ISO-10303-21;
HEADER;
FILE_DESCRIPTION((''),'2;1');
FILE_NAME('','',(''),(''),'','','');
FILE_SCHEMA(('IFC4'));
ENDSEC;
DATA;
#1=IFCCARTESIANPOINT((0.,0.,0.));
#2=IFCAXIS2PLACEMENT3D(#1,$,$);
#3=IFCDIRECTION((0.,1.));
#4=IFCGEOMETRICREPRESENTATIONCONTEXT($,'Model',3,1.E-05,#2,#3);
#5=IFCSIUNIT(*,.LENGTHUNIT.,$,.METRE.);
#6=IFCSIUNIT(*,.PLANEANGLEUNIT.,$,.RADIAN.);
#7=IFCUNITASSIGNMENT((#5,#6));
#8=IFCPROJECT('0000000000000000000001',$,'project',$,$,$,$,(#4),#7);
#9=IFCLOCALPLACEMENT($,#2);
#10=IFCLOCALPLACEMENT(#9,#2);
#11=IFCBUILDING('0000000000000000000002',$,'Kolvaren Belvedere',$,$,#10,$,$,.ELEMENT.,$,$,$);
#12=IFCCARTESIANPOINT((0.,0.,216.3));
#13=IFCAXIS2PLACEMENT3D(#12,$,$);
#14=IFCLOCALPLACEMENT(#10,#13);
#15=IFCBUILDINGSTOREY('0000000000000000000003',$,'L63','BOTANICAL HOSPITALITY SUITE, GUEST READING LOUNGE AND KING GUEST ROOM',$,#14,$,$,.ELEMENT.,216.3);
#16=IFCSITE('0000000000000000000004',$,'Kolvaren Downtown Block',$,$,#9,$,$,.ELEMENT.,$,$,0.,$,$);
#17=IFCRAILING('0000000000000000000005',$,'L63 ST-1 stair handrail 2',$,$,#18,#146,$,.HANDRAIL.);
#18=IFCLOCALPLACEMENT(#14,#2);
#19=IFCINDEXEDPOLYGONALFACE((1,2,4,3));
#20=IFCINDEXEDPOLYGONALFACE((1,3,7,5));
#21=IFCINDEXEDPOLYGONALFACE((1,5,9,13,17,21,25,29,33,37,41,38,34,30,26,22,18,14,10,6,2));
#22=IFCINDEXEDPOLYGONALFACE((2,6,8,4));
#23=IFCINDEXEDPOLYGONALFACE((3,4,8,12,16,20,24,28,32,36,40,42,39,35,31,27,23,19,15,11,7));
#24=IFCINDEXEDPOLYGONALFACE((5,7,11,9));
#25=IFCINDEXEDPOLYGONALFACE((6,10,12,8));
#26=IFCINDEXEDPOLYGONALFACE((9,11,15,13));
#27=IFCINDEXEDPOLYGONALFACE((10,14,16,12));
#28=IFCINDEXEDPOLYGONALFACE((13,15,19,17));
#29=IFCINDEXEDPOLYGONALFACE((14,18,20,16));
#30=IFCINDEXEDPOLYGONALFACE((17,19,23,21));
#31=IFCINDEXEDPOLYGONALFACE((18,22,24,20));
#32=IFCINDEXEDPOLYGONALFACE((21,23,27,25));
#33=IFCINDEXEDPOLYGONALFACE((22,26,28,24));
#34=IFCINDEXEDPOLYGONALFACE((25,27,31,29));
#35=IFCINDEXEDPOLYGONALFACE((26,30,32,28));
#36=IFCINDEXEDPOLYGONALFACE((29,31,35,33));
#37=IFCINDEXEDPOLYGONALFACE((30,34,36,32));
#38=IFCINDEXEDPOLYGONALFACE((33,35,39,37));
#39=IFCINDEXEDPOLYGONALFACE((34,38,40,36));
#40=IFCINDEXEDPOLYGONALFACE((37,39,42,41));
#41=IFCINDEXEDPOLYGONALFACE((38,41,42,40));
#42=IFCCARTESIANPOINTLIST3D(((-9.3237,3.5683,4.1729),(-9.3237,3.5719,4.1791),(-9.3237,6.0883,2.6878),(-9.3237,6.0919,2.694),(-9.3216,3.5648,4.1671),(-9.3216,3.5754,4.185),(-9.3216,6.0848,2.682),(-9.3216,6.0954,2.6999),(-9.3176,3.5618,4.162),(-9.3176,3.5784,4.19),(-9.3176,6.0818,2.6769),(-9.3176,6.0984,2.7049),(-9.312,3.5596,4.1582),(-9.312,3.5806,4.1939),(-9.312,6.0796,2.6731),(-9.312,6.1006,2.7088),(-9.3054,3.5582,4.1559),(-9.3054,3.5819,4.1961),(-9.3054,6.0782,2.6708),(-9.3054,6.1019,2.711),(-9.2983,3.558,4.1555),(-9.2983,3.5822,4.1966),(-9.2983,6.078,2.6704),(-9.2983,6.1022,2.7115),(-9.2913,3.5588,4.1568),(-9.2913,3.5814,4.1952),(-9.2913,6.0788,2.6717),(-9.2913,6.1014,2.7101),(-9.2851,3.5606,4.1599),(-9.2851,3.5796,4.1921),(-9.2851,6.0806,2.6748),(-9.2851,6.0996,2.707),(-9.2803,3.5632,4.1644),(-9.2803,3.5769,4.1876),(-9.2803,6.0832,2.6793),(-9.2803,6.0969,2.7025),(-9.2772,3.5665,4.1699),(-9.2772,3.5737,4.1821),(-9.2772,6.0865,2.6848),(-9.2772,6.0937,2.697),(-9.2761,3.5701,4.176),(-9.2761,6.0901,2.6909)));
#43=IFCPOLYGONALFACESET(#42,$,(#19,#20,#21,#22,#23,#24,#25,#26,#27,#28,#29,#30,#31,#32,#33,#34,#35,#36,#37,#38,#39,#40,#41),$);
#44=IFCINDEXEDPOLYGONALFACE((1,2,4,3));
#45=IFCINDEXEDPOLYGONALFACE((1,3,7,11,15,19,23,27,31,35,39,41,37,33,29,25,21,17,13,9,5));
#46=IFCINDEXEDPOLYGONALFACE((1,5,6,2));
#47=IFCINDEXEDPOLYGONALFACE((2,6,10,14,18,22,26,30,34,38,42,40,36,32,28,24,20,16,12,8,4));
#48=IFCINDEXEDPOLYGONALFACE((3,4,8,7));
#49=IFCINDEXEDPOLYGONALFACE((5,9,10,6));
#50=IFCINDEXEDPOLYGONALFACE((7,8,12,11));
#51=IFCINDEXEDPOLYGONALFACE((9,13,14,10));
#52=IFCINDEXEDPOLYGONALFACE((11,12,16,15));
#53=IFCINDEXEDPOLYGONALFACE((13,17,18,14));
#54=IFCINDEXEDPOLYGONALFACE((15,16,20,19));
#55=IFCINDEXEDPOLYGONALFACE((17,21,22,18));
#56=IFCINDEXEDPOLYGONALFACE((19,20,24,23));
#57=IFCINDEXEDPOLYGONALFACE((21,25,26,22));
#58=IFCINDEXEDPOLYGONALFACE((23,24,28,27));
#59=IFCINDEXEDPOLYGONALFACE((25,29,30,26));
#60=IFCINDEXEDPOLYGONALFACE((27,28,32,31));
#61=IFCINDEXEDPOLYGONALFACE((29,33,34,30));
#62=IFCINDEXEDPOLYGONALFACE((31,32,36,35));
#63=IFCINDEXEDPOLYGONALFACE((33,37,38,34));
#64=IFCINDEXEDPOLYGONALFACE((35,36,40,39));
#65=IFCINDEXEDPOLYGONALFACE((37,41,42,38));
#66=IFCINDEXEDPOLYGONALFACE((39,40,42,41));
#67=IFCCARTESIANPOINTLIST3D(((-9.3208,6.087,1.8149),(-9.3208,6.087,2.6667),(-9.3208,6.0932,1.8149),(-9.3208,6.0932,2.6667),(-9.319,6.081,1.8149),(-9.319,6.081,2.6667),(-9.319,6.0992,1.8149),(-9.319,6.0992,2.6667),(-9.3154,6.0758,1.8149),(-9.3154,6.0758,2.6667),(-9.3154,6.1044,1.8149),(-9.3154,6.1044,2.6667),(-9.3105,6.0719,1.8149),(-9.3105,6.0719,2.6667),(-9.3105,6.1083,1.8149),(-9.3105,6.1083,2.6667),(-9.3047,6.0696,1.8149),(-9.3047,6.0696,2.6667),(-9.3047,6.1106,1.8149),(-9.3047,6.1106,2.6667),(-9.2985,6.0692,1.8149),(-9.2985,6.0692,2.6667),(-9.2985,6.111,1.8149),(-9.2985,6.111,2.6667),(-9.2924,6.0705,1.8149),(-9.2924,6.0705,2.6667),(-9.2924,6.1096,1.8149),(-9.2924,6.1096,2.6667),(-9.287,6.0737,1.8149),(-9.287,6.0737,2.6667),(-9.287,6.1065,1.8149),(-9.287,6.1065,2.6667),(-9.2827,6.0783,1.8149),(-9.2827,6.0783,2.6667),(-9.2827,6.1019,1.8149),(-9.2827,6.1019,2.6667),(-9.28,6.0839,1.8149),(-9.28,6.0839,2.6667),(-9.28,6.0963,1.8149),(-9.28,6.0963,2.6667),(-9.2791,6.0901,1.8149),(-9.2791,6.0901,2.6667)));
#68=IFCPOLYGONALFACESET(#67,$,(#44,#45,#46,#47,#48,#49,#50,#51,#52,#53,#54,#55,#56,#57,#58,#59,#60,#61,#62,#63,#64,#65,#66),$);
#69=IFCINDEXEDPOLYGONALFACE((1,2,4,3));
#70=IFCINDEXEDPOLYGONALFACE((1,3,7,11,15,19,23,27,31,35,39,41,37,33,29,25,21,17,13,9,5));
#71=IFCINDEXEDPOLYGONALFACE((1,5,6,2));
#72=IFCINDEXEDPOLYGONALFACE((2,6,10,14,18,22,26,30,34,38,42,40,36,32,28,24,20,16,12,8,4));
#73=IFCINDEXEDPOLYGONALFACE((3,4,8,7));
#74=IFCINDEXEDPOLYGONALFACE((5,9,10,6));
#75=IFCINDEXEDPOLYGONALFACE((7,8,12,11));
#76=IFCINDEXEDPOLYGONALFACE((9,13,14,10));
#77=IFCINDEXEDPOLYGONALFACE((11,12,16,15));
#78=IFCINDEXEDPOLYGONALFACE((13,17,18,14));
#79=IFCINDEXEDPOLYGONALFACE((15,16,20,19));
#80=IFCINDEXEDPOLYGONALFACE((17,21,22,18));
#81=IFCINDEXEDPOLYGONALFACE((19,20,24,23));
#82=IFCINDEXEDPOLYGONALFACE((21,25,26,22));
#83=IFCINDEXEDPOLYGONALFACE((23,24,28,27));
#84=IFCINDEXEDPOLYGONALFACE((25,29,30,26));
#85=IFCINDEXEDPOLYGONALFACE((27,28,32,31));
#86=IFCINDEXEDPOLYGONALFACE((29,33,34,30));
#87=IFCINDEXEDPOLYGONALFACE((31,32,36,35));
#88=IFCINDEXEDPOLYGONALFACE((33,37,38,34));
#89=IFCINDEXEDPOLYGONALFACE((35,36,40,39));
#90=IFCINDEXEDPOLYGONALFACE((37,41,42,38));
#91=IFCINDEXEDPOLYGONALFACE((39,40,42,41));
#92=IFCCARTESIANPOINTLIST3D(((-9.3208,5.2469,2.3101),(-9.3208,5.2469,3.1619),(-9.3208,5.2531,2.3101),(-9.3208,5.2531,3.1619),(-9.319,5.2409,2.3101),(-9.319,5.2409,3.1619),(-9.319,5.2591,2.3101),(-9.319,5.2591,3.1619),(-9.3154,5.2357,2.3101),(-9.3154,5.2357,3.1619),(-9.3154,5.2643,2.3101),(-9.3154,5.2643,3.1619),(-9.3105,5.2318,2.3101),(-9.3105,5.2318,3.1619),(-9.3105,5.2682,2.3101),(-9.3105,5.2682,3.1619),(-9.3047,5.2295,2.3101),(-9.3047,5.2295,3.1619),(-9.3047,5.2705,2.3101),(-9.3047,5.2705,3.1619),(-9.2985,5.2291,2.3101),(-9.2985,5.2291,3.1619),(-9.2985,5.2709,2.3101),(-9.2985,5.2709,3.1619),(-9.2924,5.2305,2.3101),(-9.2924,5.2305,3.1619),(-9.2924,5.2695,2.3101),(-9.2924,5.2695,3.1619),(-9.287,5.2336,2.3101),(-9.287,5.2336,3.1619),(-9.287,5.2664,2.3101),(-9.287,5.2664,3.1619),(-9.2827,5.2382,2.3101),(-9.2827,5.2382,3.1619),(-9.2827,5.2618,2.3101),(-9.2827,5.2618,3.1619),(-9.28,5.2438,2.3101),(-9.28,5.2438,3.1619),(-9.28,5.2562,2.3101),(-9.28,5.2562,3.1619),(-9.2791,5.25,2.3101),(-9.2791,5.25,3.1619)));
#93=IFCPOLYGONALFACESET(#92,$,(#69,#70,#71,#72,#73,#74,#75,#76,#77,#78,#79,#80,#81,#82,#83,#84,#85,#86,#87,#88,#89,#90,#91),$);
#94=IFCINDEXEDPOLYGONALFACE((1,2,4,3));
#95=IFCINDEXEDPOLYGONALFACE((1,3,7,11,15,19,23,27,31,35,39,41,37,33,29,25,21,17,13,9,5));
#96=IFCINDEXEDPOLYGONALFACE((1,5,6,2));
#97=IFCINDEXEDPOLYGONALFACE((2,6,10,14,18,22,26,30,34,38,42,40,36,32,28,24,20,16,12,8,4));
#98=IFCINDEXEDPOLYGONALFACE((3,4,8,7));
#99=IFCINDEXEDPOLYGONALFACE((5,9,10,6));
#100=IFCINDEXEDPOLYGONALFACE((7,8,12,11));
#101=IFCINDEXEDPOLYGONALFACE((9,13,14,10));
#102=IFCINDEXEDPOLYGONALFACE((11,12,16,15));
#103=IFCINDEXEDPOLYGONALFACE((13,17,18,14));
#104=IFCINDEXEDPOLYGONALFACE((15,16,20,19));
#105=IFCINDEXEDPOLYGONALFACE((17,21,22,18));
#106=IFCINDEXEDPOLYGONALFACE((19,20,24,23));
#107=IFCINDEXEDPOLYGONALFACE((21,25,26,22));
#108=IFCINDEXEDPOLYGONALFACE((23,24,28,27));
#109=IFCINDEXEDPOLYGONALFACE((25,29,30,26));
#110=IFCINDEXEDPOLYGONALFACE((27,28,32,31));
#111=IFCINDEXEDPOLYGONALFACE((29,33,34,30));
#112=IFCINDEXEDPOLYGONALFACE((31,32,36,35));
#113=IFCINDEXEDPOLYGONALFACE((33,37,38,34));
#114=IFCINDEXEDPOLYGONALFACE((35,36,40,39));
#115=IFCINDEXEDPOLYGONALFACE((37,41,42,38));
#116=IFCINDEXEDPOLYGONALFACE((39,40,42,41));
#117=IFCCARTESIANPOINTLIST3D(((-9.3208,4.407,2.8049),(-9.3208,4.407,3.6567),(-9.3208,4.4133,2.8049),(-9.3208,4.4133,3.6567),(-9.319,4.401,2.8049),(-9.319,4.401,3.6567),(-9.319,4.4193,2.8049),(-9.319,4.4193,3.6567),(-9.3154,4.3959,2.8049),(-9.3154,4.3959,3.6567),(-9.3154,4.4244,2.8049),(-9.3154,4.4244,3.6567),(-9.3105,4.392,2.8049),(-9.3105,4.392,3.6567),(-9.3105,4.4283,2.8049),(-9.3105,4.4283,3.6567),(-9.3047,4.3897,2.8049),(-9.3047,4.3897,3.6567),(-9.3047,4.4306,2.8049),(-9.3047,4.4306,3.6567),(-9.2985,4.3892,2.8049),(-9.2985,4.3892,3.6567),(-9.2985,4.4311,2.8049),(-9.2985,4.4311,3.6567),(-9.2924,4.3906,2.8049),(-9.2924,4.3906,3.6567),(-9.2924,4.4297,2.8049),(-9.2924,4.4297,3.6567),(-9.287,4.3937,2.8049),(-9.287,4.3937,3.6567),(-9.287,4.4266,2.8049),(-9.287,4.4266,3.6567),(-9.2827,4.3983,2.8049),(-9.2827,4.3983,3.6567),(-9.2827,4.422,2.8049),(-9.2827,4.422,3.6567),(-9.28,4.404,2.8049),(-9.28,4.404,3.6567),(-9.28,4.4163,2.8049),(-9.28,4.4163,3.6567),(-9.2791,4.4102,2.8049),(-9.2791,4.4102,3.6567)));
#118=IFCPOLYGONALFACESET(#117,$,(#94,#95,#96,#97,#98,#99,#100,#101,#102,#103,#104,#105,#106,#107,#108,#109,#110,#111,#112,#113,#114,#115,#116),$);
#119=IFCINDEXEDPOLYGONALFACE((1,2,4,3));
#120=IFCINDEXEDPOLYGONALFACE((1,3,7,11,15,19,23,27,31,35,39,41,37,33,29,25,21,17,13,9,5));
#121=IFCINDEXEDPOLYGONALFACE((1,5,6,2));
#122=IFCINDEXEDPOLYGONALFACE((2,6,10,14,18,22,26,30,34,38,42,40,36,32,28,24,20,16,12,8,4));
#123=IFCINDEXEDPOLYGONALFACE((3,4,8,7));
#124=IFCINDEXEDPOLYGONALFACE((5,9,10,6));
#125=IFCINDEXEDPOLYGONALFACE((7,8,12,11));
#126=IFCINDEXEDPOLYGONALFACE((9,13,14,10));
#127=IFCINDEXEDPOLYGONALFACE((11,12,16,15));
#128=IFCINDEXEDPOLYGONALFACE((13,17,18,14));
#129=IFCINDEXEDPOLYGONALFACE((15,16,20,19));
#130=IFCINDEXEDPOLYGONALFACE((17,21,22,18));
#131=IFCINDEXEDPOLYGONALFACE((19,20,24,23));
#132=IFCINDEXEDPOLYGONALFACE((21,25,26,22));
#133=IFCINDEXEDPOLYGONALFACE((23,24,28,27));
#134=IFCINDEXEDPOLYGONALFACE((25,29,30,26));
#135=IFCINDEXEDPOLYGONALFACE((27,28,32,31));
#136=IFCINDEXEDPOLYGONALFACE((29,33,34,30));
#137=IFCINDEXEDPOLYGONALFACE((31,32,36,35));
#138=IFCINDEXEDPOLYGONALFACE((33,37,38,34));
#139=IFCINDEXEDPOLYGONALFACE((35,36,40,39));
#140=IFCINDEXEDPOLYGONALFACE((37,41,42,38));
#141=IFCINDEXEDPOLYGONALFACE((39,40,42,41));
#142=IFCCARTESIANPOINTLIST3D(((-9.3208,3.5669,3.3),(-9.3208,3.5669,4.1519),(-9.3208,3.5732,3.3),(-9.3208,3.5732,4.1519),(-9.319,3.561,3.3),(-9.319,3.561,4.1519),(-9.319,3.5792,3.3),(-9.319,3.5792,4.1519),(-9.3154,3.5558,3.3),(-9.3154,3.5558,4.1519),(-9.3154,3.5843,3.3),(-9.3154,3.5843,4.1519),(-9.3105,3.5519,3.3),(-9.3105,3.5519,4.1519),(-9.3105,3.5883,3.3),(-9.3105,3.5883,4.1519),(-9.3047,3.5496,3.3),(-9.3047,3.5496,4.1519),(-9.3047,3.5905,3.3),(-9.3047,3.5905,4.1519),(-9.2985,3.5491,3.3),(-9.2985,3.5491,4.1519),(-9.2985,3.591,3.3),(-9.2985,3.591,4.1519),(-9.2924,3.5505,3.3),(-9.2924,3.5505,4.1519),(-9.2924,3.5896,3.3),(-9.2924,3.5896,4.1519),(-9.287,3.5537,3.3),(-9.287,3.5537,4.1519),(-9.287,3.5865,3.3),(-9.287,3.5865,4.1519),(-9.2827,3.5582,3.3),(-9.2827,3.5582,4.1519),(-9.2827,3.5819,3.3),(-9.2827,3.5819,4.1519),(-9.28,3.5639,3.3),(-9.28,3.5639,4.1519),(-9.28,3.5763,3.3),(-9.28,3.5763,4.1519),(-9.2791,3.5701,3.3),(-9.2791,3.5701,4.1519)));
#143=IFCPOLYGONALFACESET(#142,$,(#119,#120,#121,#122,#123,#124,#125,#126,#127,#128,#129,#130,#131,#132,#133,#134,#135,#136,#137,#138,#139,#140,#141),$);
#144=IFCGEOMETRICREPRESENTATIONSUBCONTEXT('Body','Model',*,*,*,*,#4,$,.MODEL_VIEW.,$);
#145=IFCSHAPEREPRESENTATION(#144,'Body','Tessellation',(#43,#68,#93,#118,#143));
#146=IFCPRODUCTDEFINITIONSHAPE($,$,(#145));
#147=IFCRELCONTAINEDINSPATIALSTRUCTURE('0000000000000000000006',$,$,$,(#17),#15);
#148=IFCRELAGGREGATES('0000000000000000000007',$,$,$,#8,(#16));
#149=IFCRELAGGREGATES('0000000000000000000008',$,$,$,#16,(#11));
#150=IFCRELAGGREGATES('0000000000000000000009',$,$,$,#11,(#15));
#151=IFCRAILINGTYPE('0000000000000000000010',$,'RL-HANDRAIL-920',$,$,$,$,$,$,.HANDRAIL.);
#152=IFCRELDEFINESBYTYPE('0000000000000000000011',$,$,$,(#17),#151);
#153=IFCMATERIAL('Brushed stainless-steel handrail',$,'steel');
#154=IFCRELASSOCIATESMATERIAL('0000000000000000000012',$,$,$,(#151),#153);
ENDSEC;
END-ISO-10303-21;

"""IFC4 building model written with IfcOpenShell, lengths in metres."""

from ifc_helpers import new_model, si_unit, direction, frame, origin, origin_2d, place, context, subcontext, project, spatial, circle, extrude, material, type_object, element, save


model = new_model("IFC4")

# Units and contexts
model_context = context("Model", 3, precision=1e-05, world=origin(), true_north=direction((0.0, 1.0)))
body_context = subcontext(model_context, "Body", "Model", "MODEL_VIEW")
ifc_project = project(units=[si_unit("LENGTHUNIT", "METRE"), si_unit("PLANEANGLEUNIT", "RADIAN")], contexts=[model_context])

# Site, building, storey
site_placement = place(None, origin())
site = spatial("IfcSite", under=ifc_project, at=site_placement, Name="Kolvaren Downtown Block", CompositionType="ELEMENT", RefElevation=0.0)
building_placement = place(site_placement, origin())
building = spatial("IfcBuilding", under=site, at=building_placement, Name="Kolvaren Belvedere", CompositionType="ELEMENT")
storey_placement = place(building_placement, frame((0.0, 0.0, 216.3)))
storey = spatial("IfcBuildingStorey", under=building, at=storey_placement, Name="L63", Description="BOTANICAL HOSPITALITY SUITE, GUEST READING LOUNGE AND KING GUEST ROOM", CompositionType="ELEMENT", Elevation=216.3)

# Railing
ifc_material_1 = material(Name="Brushed stainless-steel handrail", Category="steel")
railing_type_1 = type_object("IfcRailingType", Name="RL-HANDRAIL-920", PredefinedType="HANDRAIL", material=ifc_material_1)
railing_1_placement = place(storey_placement, frame((-9.3, 6.0901, 1.8149)))
element("IfcRailing", 1, at=railing_1_placement, inside=storey, type_object=railing_type_1, Name="L63 ST-1 stair handrail 2", PredefinedType="HANDRAIL", context=body_context, shape_type="SweptSolid", body=[
    extrude(circle(Radius=0.0239, at=origin_2d()), frame((0.0, 0.0, 0.876), z_axis=(0.0, -0.861524, 0.507717), x_axis=(1.0, 0.0, 0.0)), (0.0, 0.0, 1.0), 2.925),
    extrude(circle(Radius=0.021, at=origin_2d()), origin(), (0.0, 0.0, 1.0), 0.8518),
    extrude(circle(Radius=0.021, at=origin_2d()), frame((0.0, -0.8401, 0.4951)), (0.0, 0.0, 1.0), 0.8518),
    extrude(circle(Radius=0.021, at=origin_2d()), frame((0.0, -1.6799, 0.99)), (0.0, 0.0, 1.0), 0.8518),
    extrude(circle(Radius=0.021, at=origin_2d()), frame((0.0, -2.52, 1.4851)), (0.0, 0.0, 1.0), 0.8518),
])

save(model, "model.ifc")
